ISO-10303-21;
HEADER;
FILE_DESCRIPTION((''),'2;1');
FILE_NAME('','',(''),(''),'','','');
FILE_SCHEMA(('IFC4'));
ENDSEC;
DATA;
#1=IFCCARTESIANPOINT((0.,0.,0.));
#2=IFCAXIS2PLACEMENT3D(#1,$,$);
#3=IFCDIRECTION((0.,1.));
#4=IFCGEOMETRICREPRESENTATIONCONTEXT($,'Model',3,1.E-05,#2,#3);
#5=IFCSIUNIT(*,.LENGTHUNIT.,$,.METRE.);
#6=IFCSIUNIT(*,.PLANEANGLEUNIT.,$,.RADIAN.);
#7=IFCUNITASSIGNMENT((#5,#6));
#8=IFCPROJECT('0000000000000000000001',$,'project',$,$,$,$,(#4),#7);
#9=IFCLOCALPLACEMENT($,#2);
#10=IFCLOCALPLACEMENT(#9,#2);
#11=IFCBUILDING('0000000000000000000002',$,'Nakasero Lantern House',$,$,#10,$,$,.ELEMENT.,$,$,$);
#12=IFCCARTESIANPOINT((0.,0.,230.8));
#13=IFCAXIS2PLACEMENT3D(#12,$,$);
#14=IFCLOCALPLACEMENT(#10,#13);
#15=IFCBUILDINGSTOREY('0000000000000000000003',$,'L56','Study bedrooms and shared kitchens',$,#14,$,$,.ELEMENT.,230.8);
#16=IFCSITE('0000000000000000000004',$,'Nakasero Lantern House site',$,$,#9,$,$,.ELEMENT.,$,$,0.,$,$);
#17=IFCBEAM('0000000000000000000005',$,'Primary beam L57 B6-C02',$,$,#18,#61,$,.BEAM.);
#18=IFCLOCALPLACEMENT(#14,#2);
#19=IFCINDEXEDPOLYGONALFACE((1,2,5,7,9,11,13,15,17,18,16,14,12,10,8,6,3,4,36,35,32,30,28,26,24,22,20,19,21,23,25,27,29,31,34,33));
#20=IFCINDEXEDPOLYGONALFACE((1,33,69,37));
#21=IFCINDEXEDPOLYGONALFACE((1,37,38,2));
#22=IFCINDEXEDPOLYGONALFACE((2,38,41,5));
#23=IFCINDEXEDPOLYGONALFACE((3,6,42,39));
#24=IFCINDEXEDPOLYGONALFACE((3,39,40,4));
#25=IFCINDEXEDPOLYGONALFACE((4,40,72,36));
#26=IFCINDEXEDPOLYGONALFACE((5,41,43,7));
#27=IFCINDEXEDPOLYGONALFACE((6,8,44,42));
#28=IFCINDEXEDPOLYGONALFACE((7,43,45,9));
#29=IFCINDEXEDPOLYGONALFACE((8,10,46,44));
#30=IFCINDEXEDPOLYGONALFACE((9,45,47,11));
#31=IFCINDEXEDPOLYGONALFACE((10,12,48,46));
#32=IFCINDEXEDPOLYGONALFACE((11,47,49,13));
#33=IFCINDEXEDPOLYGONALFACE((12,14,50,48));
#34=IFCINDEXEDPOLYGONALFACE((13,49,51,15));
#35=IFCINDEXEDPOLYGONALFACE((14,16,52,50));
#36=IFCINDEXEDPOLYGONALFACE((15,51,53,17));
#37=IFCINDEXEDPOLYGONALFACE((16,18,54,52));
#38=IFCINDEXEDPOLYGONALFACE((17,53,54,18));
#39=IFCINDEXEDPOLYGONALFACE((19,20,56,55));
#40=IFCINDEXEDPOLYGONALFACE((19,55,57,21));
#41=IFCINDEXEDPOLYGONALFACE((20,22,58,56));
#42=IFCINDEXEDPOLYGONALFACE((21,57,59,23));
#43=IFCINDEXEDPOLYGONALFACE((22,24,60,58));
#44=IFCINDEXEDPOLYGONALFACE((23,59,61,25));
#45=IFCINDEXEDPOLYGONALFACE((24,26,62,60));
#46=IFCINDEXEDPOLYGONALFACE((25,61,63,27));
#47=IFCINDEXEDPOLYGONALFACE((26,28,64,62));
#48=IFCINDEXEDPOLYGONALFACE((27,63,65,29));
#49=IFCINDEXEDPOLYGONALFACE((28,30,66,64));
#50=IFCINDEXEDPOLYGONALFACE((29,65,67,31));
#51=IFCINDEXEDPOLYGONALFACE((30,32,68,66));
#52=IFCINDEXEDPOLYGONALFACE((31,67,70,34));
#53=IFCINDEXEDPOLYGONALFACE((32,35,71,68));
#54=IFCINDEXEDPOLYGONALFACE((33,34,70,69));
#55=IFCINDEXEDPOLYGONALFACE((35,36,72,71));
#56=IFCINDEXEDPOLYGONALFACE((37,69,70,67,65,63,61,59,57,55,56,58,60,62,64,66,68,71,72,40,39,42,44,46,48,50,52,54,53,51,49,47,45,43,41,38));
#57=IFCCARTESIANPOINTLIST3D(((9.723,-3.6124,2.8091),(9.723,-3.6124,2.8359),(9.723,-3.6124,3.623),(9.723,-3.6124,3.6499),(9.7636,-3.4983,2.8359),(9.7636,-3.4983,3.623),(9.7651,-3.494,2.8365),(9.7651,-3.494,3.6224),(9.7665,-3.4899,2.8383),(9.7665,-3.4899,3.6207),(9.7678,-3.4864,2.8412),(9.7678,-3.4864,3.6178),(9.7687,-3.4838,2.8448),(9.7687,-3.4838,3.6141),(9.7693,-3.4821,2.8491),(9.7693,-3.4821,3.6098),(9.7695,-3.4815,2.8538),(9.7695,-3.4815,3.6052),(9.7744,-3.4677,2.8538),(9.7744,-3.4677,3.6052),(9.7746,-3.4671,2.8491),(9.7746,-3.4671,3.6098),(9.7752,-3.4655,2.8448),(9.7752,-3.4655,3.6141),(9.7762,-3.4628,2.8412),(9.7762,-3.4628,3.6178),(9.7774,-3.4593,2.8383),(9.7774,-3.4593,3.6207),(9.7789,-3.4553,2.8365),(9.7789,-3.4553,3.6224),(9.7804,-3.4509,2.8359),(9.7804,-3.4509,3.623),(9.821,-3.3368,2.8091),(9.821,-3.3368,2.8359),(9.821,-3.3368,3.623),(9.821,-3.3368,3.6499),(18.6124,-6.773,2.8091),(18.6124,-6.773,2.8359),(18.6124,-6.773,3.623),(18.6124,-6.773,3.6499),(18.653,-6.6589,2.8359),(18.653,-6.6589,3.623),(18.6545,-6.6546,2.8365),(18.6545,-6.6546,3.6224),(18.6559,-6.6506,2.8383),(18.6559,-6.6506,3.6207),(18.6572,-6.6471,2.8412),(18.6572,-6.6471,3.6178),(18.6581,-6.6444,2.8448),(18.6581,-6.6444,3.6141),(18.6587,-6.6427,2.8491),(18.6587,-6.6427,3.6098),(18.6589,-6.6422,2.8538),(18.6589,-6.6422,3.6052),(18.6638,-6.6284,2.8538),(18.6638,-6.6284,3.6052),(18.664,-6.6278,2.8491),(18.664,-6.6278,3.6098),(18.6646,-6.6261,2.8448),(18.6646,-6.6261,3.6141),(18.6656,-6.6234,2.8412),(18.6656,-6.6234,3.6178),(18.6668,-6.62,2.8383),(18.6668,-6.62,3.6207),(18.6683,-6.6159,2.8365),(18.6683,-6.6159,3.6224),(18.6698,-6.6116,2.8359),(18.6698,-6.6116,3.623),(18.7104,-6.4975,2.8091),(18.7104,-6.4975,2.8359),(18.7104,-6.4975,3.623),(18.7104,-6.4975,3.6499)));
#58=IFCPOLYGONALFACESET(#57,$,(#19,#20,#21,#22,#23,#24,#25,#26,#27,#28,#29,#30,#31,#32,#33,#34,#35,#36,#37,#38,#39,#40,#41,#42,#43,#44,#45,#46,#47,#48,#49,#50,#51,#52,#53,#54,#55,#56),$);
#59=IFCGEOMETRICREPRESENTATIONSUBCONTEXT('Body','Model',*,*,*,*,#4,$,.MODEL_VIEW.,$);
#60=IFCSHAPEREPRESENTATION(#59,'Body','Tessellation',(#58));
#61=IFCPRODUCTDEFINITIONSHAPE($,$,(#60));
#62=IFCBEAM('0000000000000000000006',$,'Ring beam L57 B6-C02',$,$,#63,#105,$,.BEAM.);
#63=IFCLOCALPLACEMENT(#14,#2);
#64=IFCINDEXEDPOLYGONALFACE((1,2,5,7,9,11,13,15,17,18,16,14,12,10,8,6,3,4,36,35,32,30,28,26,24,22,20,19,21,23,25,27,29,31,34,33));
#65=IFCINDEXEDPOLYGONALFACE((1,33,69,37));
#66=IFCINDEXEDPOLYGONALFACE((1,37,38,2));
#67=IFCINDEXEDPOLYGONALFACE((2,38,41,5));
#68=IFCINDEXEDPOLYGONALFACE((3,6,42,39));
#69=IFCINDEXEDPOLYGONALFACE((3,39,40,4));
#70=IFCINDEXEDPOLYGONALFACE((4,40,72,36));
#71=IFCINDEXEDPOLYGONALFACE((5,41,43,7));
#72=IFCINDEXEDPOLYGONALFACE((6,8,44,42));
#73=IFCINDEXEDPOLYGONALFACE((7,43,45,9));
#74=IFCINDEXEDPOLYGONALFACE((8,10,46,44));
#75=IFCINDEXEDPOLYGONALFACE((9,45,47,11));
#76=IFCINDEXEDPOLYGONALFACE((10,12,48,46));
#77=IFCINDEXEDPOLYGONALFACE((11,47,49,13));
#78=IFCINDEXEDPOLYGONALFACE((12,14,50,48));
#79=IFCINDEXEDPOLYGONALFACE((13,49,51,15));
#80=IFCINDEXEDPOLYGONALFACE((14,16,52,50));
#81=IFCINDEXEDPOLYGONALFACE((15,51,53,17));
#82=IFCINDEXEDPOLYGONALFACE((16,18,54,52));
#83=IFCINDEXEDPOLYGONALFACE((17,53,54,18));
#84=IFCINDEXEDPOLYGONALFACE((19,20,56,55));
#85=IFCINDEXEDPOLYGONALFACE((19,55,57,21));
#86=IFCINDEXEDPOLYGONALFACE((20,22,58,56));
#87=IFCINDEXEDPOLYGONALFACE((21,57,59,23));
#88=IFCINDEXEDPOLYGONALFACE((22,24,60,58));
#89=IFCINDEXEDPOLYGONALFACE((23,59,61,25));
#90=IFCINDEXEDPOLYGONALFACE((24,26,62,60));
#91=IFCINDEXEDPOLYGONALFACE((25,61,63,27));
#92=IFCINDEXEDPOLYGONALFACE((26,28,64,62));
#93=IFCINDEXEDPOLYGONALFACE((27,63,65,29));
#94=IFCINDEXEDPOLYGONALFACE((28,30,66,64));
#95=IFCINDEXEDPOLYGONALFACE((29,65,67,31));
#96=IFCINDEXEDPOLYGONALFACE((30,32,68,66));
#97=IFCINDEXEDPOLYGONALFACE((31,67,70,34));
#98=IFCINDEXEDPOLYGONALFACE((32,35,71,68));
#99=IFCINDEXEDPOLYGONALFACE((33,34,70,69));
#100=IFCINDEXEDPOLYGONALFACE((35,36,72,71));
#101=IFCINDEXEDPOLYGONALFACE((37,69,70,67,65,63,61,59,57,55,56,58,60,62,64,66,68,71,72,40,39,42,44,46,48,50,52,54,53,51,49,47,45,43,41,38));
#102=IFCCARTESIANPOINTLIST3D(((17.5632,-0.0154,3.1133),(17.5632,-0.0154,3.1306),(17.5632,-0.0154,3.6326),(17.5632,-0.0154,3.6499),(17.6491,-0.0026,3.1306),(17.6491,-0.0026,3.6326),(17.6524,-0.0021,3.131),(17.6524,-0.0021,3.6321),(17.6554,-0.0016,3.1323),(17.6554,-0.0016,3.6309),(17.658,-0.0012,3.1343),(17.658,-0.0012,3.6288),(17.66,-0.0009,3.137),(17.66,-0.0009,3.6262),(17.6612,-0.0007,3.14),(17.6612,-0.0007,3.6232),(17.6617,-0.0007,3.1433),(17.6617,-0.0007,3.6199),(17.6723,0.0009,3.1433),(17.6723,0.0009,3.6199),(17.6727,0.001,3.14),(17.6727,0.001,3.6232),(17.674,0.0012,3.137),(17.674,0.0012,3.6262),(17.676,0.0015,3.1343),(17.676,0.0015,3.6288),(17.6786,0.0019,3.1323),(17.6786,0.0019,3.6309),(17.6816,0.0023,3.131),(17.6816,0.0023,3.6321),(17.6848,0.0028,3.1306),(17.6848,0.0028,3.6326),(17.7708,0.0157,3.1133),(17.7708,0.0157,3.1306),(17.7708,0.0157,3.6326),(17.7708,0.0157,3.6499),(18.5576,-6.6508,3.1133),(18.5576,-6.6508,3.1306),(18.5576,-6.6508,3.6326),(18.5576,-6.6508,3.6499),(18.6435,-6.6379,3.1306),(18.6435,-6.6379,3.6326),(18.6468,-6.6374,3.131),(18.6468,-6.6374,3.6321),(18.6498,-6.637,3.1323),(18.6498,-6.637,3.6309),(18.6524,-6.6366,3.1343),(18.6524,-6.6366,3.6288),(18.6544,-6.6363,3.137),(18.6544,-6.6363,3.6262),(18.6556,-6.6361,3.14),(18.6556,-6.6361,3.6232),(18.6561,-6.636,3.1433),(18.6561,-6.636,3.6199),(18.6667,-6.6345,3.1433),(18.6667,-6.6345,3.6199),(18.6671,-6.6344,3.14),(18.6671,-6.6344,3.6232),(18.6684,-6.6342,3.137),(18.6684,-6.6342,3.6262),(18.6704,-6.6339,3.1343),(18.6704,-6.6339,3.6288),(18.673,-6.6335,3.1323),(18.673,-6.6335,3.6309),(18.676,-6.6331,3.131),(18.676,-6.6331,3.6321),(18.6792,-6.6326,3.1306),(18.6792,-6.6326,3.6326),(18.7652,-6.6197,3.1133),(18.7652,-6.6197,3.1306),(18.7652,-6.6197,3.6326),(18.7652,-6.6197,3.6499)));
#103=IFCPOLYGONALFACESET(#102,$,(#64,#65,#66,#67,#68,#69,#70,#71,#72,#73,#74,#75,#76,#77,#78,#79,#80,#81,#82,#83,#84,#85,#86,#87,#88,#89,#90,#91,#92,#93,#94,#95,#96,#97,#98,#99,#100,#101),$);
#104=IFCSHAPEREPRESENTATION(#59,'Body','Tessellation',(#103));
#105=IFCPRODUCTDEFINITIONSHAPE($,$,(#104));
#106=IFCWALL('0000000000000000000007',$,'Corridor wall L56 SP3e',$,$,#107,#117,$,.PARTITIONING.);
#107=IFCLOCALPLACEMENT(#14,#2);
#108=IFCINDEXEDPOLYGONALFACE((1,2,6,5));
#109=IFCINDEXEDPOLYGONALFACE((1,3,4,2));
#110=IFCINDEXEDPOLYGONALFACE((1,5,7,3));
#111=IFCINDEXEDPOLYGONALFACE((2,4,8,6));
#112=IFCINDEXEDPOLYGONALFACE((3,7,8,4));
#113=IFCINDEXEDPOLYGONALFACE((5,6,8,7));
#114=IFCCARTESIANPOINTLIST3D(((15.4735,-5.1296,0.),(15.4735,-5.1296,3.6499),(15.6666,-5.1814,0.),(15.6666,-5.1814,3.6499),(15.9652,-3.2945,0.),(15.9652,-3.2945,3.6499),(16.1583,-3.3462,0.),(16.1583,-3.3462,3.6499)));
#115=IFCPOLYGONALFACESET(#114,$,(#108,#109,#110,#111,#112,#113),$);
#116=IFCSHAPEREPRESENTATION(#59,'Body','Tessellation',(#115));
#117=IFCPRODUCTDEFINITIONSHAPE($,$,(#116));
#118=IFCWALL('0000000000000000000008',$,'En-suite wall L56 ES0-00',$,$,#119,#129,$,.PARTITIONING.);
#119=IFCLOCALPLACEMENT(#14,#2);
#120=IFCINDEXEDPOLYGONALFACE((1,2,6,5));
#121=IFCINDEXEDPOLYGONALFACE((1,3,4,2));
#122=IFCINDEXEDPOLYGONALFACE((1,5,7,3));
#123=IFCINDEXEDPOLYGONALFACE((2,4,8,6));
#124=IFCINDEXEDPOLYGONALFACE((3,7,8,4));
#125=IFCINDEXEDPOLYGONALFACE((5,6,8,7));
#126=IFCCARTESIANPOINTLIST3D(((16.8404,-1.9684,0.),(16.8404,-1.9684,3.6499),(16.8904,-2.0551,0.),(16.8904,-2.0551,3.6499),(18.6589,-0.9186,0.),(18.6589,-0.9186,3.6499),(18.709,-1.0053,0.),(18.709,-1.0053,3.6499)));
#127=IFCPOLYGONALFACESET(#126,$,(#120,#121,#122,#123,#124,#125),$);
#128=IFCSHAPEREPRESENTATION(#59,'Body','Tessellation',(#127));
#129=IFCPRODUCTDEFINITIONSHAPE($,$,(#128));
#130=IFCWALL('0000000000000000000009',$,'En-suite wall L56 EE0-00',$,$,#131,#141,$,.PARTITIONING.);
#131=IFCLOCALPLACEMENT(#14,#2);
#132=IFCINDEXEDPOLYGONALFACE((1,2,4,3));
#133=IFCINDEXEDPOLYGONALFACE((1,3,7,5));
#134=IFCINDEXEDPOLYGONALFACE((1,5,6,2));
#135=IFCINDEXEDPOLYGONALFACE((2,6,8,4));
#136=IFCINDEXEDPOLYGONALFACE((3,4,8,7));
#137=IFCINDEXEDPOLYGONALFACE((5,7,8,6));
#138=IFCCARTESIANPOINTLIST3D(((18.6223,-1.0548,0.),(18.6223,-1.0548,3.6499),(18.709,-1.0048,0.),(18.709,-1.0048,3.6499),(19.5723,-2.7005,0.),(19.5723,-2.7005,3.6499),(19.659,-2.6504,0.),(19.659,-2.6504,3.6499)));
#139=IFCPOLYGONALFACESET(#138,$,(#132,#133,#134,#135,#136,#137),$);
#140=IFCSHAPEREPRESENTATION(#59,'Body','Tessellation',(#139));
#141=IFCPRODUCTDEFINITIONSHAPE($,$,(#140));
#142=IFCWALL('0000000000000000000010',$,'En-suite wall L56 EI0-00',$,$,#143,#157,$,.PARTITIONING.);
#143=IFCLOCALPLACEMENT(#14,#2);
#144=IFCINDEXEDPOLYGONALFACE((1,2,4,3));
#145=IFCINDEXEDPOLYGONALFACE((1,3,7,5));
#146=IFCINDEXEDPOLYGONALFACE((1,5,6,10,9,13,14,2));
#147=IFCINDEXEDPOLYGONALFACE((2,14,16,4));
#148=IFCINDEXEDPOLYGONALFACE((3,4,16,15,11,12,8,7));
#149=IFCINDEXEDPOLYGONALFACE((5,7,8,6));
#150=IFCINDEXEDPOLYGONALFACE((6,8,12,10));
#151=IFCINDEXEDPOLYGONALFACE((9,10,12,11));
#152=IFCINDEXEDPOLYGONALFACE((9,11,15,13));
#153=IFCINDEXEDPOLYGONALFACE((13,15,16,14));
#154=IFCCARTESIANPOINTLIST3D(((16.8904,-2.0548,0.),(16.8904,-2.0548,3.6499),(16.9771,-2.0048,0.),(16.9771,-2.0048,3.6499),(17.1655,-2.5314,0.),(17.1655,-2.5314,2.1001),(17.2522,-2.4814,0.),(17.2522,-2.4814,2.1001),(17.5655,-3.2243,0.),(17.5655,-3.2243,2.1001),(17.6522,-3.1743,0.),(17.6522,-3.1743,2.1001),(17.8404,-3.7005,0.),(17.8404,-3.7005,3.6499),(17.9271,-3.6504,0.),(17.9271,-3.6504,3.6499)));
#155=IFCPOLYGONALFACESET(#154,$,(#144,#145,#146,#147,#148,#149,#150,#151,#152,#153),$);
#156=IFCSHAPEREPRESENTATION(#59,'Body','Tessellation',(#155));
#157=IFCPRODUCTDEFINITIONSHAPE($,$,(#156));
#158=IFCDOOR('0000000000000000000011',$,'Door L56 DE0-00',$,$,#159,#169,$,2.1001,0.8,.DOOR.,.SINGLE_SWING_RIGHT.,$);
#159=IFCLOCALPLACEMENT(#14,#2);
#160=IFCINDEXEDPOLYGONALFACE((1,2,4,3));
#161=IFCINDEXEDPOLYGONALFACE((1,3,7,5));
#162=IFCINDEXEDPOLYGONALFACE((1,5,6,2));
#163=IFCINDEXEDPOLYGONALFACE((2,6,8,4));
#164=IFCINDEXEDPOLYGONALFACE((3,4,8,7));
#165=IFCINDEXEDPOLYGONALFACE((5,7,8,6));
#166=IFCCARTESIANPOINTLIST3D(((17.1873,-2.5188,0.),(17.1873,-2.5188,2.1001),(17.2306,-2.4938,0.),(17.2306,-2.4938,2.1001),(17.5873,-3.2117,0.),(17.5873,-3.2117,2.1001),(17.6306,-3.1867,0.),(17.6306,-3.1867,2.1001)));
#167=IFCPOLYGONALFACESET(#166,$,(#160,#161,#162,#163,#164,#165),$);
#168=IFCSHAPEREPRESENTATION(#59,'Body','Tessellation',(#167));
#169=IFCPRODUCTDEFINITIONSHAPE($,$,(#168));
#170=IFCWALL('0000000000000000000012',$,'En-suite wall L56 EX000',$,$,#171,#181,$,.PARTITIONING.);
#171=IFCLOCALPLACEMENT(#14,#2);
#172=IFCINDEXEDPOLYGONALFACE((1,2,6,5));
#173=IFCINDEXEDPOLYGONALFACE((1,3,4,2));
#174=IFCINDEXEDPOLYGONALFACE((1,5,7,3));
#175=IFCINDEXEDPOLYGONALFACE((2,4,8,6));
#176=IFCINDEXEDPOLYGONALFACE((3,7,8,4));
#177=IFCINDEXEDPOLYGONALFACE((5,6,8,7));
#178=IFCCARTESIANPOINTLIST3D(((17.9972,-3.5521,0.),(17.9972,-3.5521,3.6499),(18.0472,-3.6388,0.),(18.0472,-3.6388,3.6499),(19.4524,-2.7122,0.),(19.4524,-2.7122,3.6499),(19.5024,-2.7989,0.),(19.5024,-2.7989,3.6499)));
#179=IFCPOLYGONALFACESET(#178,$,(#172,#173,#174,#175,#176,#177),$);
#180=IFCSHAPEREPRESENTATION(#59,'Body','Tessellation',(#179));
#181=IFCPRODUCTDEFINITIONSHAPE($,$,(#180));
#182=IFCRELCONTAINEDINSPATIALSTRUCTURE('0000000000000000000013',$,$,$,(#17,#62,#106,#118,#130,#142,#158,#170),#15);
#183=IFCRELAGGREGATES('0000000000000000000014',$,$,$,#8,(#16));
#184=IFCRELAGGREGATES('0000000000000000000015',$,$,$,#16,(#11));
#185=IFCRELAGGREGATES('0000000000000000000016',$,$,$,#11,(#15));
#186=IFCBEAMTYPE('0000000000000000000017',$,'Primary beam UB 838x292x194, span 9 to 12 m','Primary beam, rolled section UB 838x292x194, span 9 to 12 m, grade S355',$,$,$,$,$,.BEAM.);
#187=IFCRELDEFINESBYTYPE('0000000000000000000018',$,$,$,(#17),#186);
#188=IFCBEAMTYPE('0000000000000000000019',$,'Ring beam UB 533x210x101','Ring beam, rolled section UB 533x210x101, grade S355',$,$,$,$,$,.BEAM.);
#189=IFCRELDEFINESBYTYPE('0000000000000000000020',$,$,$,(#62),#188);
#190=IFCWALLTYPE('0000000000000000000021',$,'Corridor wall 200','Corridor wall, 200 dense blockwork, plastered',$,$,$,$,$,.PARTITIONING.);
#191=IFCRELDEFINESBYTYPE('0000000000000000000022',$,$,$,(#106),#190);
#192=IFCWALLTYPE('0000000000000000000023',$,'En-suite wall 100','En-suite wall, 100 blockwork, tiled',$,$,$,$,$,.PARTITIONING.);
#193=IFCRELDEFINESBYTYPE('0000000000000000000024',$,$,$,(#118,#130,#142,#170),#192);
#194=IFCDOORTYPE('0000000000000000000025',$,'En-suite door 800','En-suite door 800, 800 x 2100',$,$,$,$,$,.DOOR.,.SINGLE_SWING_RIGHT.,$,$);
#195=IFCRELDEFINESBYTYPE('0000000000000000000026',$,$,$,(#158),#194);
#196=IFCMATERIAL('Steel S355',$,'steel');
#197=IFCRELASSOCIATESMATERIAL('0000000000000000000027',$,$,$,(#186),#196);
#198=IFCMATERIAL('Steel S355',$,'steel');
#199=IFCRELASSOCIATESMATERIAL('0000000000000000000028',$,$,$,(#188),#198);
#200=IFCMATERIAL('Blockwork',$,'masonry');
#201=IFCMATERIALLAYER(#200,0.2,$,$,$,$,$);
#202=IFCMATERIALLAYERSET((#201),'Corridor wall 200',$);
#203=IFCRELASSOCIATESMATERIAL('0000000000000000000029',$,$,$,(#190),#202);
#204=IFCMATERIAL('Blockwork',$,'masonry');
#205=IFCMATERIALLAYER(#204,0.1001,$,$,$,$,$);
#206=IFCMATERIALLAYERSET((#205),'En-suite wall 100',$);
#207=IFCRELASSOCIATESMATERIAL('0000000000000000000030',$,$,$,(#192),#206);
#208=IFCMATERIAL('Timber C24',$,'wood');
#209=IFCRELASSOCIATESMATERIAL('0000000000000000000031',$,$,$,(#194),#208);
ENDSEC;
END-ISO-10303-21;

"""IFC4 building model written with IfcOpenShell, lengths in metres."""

from ifc_helpers import new_model, si_unit, direction, frame, frame_2d, origin, origin_2d, place, context, subcontext, project, spatial, rectangle, i_section, extrude, material, layer, layer_set, material_profile, profile_set, type_object, element, fill, save


model = new_model("IFC4")

# Units and contexts
model_context = context("Model", 3, precision=1e-05, world=origin(), true_north=direction((0.0, 1.0)))
body_context = subcontext(model_context, "Body", "Model", "MODEL_VIEW")
ifc_project = project(units=[si_unit("LENGTHUNIT", "METRE"), si_unit("PLANEANGLEUNIT", "RADIAN")], contexts=[model_context])

# Site, building, storey
site_placement = place(None, origin())
site = spatial("IfcSite", under=ifc_project, at=site_placement, Name="Nakasero Lantern House site", CompositionType="ELEMENT", RefElevation=0.0)
building_placement = place(site_placement, origin())
building = spatial("IfcBuilding", under=site, at=building_placement, Name="Nakasero Lantern House", CompositionType="ELEMENT")
storey_placement = place(building_placement, frame((0.0, 0.0, 230.8)))
storey = spatial("IfcBuildingStorey", under=building, at=storey_placement, Name="L56", Description="Study bedrooms and shared kitchens", CompositionType="ELEMENT", Elevation=230.8)

# Beams
ifc_material_1 = material(Name="Steel S355", Category="steel")
ifc_material_profile_1 = material_profile(ifc_material_1, i_section(OverallWidth=0.2925, OverallDepth=0.8408, WebThickness=0.0146, FlangeThickness=0.0269, FilletRadius=0.0178, at=origin_2d()), Name="UB 838x292x194")
ifc_profile_set_1 = profile_set([ifc_material_profile_1], Name="Steel S355")
beam_type_1 = type_object("IfcBeamType", Name="Primary beam UB 838x292x194, span 9 to 12 m", Description="Primary beam, rolled section UB 838x292x194, span 9 to 12 m, grade S355", PredefinedType="BEAM", material=ifc_profile_set_1)
beam_1_placement = place(storey_placement, frame((18.6614, -6.6353, 3.2295), z_axis=(-0.942216, 0.335007, 0.0), x_axis=(-0.335007, -0.942216, 0.0)))
element("IfcBeam", 1, at=beam_1_placement, inside=storey, type_object=beam_type_1, Name="Primary beam L57 B6-C02", PredefinedType="BEAM", context=body_context, shape_type="SweptSolid", body=[
    extrude(i_section(OverallWidth=0.2925, OverallDepth=0.8408, WebThickness=0.0146, FlangeThickness=0.0269, FilletRadius=0.0178, at=origin_2d()), origin(), (0.0, 0.0, 1.0), 9.4346),
])
ifc_material_2 = material(Name="Steel S355", Category="steel")
ifc_material_profile_2 = material_profile(ifc_material_2, i_section(OverallWidth=0.21, OverallDepth=0.5366, WebThickness=0.0107, FlangeThickness=0.0173, FilletRadius=0.0127, at=origin_2d()), Name="UB 533x210x101")
ifc_profile_set_2 = profile_set([ifc_material_profile_2], Name="Steel S355")
beam_type_2 = type_object("IfcBeamType", Name="Ring beam UB 533x210x101", Description="Ring beam, rolled section UB 533x210x101, grade S355", PredefinedType="BEAM", material=ifc_profile_set_2)
beam_2_placement = place(storey_placement, frame((18.6614, -6.6353, 3.3816), z_axis=(-0.148209, 0.988956, 0.0), x_axis=(-0.988956, -0.148209, 0.0)))
element("IfcBeam", 2, at=beam_2_placement, inside=storey, type_object=beam_type_2, Name="Ring beam L57 B6-C02", PredefinedType="BEAM", context=body_context, shape_type="SweptSolid", body=[
    extrude(i_section(OverallWidth=0.21, OverallDepth=0.5366, WebThickness=0.0107, FlangeThickness=0.0173, FilletRadius=0.0127, at=origin_2d()), origin(), (0.0, 0.0, 1.0), 6.7095),
])

# Walls
ifc_material_3 = material(Name="Blockwork", Category="masonry")
ifc_layer_1 = layer(ifc_material_3, 0.2)
ifc_layer_set_1 = layer_set([ifc_layer_1], Name="Corridor wall 200")
wall_type_1 = type_object("IfcWallType", Name="Corridor wall 200", Description="Corridor wall, 200 dense blockwork, plastered", PredefinedType="PARTITIONING", material=ifc_layer_set_1)
wall_1_placement = place(storey_placement, frame((15.5701, -5.1555, 0.0), z_axis=(0.0, 0.0, 1.0), x_axis=(0.258798, 0.965931, 0.0)))
element("IfcWall", 3, at=wall_1_placement, inside=storey, type_object=wall_type_1, Name="Corridor wall L56 SP3e", PredefinedType="PARTITIONING", context=body_context, shape_type="SweptSolid", body=[
    extrude(rectangle(XDim=1.8999, YDim=0.2, at=frame_2d((0.95, 0.0))), origin(), (0.0, 0.0, 1.0), 3.6499),
])
ifc_material_4 = material(Name="Blockwork", Category="masonry")
ifc_layer_2 = layer(ifc_material_4, 0.1001)
ifc_layer_set_2 = layer_set([ifc_layer_2], Name="En-suite wall 100")
wall_type_2 = type_object("IfcWallType", Name="En-suite wall 100", Description="En-suite wall, 100 blockwork, tiled", PredefinedType="PARTITIONING", material=ifc_layer_set_2)
wall_2_placement = place(storey_placement, frame((16.8655, -2.0117, 0.0), z_axis=(0.0, 0.0, 1.0), x_axis=(0.86606, 0.499941, 0.0)))
element("IfcWall", 4, at=wall_2_placement, inside=storey, type_object=wall_type_2, Name="En-suite wall L56 ES0-00", PredefinedType="PARTITIONING", context=body_context, shape_type="SweptSolid", body=[
    extrude(rectangle(XDim=2.0999, YDim=0.1001, at=frame_2d((1.0498, 0.0))), origin(), (0.0, 0.0, 1.0), 3.6499),
])
wall_3_placement = place(storey_placement, frame((19.6157, -2.6755, 0.0), z_axis=(0.0, 0.0, 1.0), x_axis=(-0.499967, 0.866044, 0.0)))
element("IfcWall", 5, at=wall_3_placement, inside=storey, type_object=wall_type_2, Name="En-suite wall L56 EE0-00", PredefinedType="PARTITIONING", context=body_context, shape_type="SweptSolid", body=[
    extrude(rectangle(XDim=1.9001, YDim=0.1001, at=frame_2d((0.9502, 0.0))), origin(), (0.0, 0.0, 1.0), 3.6499),
])

# Wall, opening, door
wall_4_placement = place(storey_placement, frame((17.8838, -3.6755, 0.0), z_axis=(0.0, 0.0, 1.0), x_axis=(-0.499967, 0.866044, 0.0)))
wall_4 = element("IfcWall", 6, at=wall_4_placement, inside=storey, type_object=wall_type_2, Name="En-suite wall L56 EI0-00", PredefinedType="PARTITIONING", context=body_context, shape_type="SweptSolid", body=[
    extrude(rectangle(XDim=1.9001, YDim=0.1001, at=frame_2d((0.9502, 0.0))), origin(), (0.0, 0.0, 1.0), 3.6499),
])
opening_1_placement = place(wall_4_placement, frame((0.55, 0.0, 0.0)))
opening_1 = element("IfcOpeningElement", 7, at=opening_1_placement, cuts=wall_4, PredefinedType="OPENING", context=body_context, shape_type="SweptSolid", body=[
    extrude(rectangle(XDim=0.8, YDim=2.1001, at=frame_2d((0.3999, 1.05))), frame((0.0, 0.0701, 0.0), z_axis=(0.0, -1.0, 0.0), x_axis=(1.0, 0.0, 0.0)), (0.0, 0.0, 1.0), 0.1401),
])
ifc_material_5 = material(Name="Timber C24", Category="wood")
door_type_1 = type_object("IfcDoorType", Name="En-suite door 800", Description="En-suite door 800, 800 x 2100", OperationType="SINGLE_SWING_RIGHT", PredefinedType="DOOR", material=ifc_material_5)
door_1_placement = place(opening_1_placement, origin())
door_1 = element("IfcDoor", 8, at=door_1_placement, inside=storey, type_object=door_type_1, Name="Door L56 DE0-00", OperationType="SINGLE_SWING_RIGHT", OverallHeight=2.1001, OverallWidth=0.8, PredefinedType="DOOR", context=body_context, shape_type="SweptSolid", body=[
    extrude(rectangle(XDim=0.8, YDim=2.1001, at=frame_2d((0.3999, 1.05))), frame((0.0, 0.0249, 0.0), z_axis=(0.0, -1.0, 0.0), x_axis=(1.0, 0.0, 0.0)), (0.0, 0.0, 1.0), 0.05),
])
fill(opening_1, door_1)

# Wall
wall_5_placement = place(storey_placement, frame((18.0222, -3.5955, 0.0), z_axis=(0.0, 0.0, 1.0), x_axis=(0.866089, 0.49989, 0.0)))
element("IfcWall", 9, at=wall_5_placement, inside=storey, type_object=wall_type_2, Name="En-suite wall L56 EX000", PredefinedType="PARTITIONING", context=body_context, shape_type="SweptSolid", body=[
    extrude(rectangle(XDim=1.6802, YDim=0.1001, at=frame_2d((0.8401, 0.0))), origin(), (0.0, 0.0, 1.0), 3.6499),
])

save(model, "model.ifc")
